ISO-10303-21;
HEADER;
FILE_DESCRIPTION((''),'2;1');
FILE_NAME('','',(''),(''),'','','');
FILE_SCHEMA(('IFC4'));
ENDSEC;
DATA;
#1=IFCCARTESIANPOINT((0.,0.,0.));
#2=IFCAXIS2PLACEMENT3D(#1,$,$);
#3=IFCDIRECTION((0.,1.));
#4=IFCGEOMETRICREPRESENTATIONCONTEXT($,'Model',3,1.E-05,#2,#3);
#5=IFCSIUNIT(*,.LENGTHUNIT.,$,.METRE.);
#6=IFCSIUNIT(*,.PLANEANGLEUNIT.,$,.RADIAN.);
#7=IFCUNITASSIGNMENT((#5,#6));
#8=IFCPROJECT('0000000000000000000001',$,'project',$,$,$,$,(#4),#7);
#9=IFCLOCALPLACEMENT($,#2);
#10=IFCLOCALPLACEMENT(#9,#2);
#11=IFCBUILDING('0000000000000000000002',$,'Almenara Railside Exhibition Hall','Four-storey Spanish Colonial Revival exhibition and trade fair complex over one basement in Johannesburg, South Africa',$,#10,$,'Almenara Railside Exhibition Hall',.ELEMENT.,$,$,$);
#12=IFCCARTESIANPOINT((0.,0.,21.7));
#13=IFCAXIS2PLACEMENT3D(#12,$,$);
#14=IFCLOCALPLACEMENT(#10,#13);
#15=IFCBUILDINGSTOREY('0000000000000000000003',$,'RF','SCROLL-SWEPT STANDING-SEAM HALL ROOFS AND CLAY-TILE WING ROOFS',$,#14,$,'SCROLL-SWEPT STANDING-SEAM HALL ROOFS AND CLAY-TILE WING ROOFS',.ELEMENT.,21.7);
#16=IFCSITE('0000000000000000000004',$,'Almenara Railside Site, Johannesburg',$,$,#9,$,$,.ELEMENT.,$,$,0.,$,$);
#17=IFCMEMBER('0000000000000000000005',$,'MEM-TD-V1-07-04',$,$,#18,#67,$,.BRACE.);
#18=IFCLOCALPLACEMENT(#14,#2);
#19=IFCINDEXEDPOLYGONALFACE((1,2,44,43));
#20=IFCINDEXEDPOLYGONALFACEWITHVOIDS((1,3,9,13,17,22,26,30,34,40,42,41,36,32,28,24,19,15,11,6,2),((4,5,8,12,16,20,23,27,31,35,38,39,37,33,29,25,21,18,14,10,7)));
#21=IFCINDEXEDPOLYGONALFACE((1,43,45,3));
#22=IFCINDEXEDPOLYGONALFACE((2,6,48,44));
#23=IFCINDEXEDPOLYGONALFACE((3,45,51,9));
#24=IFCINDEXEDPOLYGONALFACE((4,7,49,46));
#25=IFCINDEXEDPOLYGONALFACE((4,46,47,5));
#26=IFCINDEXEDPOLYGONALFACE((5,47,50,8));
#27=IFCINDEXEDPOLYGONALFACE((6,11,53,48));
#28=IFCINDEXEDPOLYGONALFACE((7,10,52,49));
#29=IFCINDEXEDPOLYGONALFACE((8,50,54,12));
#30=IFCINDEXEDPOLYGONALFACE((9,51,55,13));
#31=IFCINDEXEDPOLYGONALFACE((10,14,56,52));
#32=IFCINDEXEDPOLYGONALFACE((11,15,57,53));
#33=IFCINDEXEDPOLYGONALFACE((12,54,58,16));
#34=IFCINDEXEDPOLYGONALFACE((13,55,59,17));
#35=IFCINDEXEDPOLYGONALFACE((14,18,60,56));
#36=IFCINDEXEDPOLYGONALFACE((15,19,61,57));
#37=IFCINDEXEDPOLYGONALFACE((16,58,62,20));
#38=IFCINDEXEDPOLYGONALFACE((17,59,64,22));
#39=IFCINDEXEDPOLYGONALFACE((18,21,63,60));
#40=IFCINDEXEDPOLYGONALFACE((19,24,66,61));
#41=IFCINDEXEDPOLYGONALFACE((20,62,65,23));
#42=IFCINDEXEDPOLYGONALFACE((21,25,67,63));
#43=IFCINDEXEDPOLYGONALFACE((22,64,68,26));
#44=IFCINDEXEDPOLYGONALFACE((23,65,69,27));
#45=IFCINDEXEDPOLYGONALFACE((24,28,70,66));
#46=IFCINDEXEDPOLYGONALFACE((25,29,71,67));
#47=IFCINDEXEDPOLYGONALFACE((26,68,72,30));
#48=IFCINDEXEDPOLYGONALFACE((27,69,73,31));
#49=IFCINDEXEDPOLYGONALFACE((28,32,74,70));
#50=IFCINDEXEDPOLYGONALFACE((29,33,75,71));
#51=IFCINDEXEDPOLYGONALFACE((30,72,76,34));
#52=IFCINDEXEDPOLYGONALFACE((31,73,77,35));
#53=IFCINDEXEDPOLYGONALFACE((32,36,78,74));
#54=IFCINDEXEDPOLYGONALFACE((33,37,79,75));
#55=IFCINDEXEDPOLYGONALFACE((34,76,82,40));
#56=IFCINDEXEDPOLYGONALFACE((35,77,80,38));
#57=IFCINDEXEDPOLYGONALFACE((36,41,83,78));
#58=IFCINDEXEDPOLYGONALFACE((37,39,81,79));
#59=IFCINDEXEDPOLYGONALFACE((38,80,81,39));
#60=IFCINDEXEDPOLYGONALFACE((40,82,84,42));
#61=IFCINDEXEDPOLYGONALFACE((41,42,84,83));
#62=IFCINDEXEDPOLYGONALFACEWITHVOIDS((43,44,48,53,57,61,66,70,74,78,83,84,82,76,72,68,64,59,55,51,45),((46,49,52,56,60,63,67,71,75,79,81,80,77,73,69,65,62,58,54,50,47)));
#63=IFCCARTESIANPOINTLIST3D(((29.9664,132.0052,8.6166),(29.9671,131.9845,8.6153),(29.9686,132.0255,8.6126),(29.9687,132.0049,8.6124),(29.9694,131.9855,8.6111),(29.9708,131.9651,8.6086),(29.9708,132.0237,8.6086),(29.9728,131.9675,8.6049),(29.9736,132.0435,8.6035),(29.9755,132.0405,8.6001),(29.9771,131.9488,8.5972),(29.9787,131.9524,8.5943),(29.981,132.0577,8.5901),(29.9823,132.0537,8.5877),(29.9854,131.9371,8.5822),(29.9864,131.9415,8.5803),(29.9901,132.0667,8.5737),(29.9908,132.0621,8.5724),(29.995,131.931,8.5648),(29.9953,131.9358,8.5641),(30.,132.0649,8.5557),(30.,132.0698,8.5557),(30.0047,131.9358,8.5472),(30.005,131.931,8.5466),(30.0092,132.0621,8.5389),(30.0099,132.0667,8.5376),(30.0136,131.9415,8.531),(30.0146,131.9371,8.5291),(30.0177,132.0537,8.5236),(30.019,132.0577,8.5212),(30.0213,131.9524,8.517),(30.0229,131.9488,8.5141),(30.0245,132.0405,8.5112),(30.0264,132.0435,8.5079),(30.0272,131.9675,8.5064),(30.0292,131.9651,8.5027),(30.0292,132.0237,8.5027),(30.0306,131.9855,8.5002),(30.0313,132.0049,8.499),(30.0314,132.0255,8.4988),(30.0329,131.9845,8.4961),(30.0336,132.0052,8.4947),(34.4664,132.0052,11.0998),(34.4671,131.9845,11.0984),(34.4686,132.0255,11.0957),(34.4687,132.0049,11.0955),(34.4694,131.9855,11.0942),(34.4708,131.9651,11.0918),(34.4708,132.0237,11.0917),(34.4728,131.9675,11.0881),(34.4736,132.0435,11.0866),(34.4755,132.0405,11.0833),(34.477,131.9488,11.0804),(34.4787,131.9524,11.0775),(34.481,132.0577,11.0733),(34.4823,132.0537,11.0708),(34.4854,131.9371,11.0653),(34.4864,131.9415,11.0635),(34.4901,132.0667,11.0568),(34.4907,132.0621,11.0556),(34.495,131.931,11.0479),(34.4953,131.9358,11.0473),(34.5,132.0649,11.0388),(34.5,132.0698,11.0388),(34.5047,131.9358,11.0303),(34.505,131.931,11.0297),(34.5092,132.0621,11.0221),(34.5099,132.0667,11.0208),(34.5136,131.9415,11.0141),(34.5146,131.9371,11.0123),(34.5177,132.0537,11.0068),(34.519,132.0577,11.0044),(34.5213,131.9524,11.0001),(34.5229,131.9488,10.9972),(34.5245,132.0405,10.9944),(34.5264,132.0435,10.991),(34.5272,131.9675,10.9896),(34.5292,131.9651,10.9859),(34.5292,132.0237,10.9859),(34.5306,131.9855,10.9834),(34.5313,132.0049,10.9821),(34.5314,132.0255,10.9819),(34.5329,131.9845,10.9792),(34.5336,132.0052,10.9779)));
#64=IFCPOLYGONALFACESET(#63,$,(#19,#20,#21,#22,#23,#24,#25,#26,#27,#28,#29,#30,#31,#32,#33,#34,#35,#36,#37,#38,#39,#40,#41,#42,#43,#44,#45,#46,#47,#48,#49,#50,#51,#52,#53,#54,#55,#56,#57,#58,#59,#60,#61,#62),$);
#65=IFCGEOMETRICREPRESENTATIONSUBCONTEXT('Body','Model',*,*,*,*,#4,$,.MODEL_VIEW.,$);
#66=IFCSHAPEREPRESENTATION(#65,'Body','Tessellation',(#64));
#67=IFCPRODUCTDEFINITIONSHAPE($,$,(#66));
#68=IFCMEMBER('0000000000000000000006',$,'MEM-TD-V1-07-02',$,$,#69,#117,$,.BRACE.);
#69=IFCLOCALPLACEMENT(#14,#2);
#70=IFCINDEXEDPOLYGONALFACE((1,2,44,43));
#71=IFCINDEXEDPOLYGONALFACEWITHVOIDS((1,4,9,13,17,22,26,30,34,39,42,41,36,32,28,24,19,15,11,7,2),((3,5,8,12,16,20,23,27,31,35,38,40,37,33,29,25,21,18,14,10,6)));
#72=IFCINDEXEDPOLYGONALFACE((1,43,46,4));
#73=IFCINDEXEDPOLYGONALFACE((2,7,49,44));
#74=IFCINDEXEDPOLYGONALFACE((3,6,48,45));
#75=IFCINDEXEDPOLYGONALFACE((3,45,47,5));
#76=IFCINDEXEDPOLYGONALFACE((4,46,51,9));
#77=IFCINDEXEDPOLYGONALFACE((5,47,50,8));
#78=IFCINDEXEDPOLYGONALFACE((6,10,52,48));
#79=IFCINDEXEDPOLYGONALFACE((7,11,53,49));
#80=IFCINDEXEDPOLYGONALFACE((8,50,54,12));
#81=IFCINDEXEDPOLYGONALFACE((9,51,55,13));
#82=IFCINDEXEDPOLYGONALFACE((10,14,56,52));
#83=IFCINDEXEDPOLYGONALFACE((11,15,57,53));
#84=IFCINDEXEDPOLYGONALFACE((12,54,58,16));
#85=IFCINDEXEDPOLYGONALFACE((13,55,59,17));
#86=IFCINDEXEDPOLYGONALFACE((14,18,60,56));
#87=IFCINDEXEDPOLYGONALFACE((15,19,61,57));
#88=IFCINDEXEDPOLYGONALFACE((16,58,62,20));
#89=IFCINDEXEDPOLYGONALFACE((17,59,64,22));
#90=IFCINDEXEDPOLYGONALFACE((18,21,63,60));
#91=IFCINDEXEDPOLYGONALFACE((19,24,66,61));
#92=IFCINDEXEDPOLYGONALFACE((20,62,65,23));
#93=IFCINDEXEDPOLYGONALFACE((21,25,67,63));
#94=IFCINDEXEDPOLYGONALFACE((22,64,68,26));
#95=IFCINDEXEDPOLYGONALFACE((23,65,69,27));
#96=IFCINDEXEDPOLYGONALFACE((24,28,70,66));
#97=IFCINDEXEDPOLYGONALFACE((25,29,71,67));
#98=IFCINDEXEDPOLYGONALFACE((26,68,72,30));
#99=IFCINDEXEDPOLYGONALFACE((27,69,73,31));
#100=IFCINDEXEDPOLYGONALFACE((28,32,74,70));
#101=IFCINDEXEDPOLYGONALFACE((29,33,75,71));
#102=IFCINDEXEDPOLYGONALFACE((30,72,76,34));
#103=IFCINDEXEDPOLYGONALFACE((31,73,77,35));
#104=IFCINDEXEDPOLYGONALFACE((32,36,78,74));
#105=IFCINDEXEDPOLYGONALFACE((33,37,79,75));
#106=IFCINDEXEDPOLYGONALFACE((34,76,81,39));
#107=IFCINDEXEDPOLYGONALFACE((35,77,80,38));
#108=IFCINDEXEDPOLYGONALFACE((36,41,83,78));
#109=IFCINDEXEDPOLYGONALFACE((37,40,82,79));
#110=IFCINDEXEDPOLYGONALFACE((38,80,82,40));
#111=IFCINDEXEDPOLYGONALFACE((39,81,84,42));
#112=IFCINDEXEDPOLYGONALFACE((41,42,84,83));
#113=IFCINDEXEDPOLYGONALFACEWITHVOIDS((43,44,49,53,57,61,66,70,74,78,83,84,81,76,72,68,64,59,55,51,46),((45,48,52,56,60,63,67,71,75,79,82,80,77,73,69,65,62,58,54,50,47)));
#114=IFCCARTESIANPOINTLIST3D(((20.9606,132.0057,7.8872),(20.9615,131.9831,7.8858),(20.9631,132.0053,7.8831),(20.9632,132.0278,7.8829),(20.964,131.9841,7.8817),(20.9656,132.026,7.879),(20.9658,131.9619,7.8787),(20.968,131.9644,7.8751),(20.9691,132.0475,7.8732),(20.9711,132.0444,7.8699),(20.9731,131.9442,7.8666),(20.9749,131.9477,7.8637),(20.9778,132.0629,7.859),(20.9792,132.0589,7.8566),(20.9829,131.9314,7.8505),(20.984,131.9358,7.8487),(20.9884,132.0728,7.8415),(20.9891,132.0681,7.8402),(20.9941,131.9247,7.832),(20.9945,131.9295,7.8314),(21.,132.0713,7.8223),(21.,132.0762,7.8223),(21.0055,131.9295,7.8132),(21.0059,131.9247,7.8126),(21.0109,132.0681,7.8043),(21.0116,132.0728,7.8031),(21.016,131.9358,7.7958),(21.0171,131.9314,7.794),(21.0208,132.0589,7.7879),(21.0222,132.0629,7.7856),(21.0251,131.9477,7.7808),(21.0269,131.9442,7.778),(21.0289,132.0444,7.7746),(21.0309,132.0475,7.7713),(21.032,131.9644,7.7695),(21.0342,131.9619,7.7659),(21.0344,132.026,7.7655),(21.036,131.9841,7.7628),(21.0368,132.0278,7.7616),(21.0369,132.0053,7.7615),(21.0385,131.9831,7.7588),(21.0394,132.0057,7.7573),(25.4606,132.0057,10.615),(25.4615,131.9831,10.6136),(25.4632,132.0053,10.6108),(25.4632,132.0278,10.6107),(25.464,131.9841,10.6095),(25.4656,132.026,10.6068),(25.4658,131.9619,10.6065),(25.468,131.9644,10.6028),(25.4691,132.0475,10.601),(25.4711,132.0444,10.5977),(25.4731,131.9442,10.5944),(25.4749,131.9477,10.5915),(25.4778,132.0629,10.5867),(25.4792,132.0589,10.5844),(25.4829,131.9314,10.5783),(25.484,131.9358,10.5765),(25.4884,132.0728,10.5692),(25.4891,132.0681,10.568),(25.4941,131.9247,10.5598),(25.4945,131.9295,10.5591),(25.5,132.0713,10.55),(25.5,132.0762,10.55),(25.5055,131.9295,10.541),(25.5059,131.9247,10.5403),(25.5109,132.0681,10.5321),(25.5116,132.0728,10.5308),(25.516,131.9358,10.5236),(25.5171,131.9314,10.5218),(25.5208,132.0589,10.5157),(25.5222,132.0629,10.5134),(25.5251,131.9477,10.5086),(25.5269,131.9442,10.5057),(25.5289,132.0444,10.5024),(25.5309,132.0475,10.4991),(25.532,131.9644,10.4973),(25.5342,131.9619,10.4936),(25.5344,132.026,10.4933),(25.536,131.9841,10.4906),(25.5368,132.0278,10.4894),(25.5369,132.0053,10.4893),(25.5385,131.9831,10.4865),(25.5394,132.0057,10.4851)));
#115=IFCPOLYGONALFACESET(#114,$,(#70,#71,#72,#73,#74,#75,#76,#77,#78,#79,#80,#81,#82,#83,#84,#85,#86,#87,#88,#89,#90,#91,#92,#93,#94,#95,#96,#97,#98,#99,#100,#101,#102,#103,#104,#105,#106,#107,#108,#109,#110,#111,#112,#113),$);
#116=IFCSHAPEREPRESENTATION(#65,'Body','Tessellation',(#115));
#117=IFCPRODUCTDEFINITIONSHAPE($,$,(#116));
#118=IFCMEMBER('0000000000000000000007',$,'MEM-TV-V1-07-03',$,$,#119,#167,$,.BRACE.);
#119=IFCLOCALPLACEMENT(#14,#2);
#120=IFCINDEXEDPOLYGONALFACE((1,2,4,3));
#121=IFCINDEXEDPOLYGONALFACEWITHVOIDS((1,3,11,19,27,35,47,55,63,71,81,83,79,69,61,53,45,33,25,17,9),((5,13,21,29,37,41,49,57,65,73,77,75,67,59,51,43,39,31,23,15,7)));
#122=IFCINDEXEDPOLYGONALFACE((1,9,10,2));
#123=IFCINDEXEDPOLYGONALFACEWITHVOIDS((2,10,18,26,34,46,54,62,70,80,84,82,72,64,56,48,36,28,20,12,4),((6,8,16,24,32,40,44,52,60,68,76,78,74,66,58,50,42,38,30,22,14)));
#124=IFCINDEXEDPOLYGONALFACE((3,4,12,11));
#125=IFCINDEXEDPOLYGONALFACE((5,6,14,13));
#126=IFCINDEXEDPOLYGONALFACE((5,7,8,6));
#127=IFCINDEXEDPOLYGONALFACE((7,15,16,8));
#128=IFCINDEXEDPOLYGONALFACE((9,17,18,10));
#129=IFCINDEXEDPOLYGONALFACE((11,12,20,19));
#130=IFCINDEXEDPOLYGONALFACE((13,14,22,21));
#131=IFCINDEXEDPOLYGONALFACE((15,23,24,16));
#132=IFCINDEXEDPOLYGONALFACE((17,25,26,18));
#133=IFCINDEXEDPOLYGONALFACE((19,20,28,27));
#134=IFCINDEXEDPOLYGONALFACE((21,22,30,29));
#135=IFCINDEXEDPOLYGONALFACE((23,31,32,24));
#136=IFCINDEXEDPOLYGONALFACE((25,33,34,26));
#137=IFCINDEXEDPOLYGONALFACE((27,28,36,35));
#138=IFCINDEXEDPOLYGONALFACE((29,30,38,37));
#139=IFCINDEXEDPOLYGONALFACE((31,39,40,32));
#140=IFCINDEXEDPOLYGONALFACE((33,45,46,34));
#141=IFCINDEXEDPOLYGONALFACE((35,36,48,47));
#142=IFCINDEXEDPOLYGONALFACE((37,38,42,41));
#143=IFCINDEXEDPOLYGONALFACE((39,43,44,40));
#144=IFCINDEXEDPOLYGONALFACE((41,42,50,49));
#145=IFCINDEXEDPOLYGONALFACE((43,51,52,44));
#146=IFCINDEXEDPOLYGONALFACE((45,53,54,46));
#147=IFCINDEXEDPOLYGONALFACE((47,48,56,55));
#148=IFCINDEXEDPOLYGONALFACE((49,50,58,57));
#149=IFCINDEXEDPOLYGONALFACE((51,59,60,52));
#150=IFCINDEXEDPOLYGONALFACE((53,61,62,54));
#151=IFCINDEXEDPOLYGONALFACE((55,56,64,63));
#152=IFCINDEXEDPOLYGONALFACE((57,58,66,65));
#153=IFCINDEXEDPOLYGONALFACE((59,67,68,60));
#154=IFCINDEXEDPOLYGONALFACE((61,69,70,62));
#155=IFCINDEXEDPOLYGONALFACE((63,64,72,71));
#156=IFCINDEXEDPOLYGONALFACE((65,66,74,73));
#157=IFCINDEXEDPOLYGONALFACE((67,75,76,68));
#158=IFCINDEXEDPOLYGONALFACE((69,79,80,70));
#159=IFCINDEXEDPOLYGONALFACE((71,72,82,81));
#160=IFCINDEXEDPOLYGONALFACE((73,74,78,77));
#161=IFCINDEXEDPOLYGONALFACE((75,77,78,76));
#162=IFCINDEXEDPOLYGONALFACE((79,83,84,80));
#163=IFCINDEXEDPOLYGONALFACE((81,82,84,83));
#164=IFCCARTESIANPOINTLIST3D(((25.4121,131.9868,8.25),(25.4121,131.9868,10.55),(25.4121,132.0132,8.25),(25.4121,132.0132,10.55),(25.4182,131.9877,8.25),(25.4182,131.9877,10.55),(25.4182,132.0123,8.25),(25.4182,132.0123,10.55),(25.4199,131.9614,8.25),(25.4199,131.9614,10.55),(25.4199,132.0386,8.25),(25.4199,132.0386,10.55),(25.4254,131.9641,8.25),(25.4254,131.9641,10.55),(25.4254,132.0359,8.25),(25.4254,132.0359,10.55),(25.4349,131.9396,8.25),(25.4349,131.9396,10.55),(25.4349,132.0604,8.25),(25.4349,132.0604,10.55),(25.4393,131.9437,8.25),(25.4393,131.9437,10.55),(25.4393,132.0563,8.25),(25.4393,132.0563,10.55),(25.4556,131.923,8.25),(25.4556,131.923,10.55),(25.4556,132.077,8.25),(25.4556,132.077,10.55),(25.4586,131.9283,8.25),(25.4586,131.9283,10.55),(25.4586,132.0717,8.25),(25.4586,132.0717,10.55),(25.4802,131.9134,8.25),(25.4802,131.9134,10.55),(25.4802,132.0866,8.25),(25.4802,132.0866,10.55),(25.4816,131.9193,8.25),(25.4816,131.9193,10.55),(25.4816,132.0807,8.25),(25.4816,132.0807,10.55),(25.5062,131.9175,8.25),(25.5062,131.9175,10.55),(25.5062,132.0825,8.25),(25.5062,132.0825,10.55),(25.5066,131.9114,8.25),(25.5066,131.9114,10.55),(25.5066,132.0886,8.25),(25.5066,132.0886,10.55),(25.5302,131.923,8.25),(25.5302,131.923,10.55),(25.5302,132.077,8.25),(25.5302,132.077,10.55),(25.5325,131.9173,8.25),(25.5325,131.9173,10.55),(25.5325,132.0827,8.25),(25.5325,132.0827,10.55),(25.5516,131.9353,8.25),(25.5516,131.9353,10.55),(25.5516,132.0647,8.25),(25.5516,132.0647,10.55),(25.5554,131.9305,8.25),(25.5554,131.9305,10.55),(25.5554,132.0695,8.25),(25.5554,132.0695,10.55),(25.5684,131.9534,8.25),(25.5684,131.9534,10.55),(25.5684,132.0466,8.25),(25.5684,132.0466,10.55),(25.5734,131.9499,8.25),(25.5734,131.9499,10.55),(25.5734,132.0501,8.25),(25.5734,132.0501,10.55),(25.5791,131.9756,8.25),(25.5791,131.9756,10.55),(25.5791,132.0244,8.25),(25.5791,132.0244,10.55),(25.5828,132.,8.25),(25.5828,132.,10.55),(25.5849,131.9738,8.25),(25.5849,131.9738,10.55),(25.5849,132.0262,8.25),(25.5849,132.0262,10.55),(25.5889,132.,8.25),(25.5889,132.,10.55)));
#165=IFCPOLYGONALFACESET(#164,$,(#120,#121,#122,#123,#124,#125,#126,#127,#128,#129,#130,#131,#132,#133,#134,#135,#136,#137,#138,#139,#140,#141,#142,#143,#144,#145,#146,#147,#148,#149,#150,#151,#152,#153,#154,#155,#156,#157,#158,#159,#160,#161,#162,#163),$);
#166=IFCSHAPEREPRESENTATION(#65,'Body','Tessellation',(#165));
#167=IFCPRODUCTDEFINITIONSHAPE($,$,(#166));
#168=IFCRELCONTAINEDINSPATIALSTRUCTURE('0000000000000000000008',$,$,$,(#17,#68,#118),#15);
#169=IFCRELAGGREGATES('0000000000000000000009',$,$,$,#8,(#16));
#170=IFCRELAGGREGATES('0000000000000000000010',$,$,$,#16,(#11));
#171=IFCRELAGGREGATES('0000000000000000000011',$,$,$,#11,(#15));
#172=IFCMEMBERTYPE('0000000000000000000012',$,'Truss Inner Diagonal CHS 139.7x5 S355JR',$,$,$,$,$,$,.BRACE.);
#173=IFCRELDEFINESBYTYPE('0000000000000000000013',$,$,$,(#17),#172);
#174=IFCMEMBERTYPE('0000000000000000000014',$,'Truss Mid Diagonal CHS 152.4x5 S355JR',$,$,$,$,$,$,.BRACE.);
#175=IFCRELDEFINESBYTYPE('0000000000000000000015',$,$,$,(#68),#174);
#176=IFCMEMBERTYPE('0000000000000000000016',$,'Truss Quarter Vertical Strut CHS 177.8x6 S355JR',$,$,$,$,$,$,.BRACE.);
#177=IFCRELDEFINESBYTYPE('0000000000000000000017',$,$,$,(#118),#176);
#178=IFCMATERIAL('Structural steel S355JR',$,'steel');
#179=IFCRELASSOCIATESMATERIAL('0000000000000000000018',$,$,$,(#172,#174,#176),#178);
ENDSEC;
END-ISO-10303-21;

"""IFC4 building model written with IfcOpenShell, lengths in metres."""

from ifc_helpers import new_model, si_unit, direction, frame, origin, origin_2d, place, context, subcontext, project, spatial, hollow_circle, extrude, material, material_profile, profile_set, type_object, element, save


model = new_model("IFC4")

# Units and contexts
model_context = context("Model", 3, precision=1e-05, world=origin(), true_north=direction((0.0, 1.0)))
body_context = subcontext(model_context, "Body", "Model", "MODEL_VIEW")
ifc_project = project(units=[si_unit("LENGTHUNIT", "METRE"), si_unit("PLANEANGLEUNIT", "RADIAN")], contexts=[model_context])

# Site, building, storey
site_placement = place(None, origin())
site = spatial("IfcSite", under=ifc_project, at=site_placement, Name="Almenara Railside Site, Johannesburg", CompositionType="ELEMENT", RefElevation=0.0)
building_placement = place(site_placement, origin())
building = spatial("IfcBuilding", under=site, at=building_placement, Name="Almenara Railside Exhibition Hall", Description="Four-storey Spanish Colonial Revival exhibition and trade fair complex over one basement in Johannesburg, South Africa", LongName="Almenara Railside Exhibition Hall", CompositionType="ELEMENT")
storey_placement = place(building_placement, frame((0.0, 0.0, 21.7)))
storey = spatial("IfcBuildingStorey", under=building, at=storey_placement, Name="RF", Description="SCROLL-SWEPT STANDING-SEAM HALL ROOFS AND CLAY-TILE WING ROOFS", LongName="SCROLL-SWEPT STANDING-SEAM HALL ROOFS AND CLAY-TILE WING ROOFS", CompositionType="ELEMENT", Elevation=21.7)

# Shared definitions
ifc_material_1 = material(Name="Structural steel S355JR", Category="steel")

# Members
ifc_material_profile_1 = material_profile(ifc_material_1, hollow_circle(Radius=0.0698, WallThickness=0.0049, at=origin_2d()), Name="CHS 139.7x5")
ifc_profile_set_1 = profile_set([ifc_material_profile_1], Name="Structural steel S355JR")
member_type_1 = type_object("IfcMemberType", Name="Truss Inner Diagonal CHS 139.7x5 S355JR", PredefinedType="BRACE", material=ifc_profile_set_1)
member_1_placement = place(storey_placement, frame((30.0, 132.0, 8.5557), z_axis=(0.875545, 0.0, 0.483136), x_axis=(0.0, 1.0, 0.0)))
element("IfcMember", 1, at=member_1_placement, inside=storey, type_object=member_type_1, Name="MEM-TD-V1-07-04", PredefinedType="BRACE", context=body_context, shape_type="SweptSolid", body=[
    extrude(hollow_circle(Radius=0.0698, WallThickness=0.0049, at=origin_2d()), origin(), (0.0, 0.0, 1.0), 5.1396),
])
ifc_material_profile_2 = material_profile(ifc_material_1, hollow_circle(Radius=0.0762, WallThickness=0.0049, at=origin_2d()), Name="CHS 152.4x5")
ifc_profile_set_2 = profile_set([ifc_material_profile_2], Name="Structural steel S355JR")
member_type_2 = type_object("IfcMemberType", Name="Truss Mid Diagonal CHS 152.4x5 S355JR", PredefinedType="BRACE", material=ifc_profile_set_2)
member_2_placement = place(storey_placement, frame((21.0, 132.0, 7.8223), z_axis=(0.855155, 0.0, 0.518373), x_axis=(0.0, 1.0, 0.0)))
element("IfcMember", 2, at=member_2_placement, inside=storey, type_object=member_type_2, Name="MEM-TD-V1-07-02", PredefinedType="BRACE", context=body_context, shape_type="SweptSolid", body=[
    extrude(hollow_circle(Radius=0.0762, WallThickness=0.0049, at=origin_2d()), origin(), (0.0, 0.0, 1.0), 5.2622),
])
ifc_material_profile_3 = material_profile(ifc_material_1, hollow_circle(Radius=0.0889, WallThickness=0.0061, at=origin_2d()), Name="CHS 177.8x6")
ifc_profile_set_3 = profile_set([ifc_material_profile_3], Name="Structural steel S355JR")
member_type_3 = type_object("IfcMemberType", Name="Truss Quarter Vertical Strut CHS 177.8x6 S355JR", PredefinedType="BRACE", material=ifc_profile_set_3)
member_3_placement = place(storey_placement, frame((25.5, 132.0, 8.25), z_axis=(0.0, 0.0, 1.0), x_axis=(1.0, 0.0, 0.0)))
element("IfcMember", 3, at=member_3_placement, inside=storey, type_object=member_type_3, Name="MEM-TV-V1-07-03", PredefinedType="BRACE", context=body_context, shape_type="SweptSolid", body=[
    extrude(hollow_circle(Radius=0.0889, WallThickness=0.0061, at=origin_2d()), origin(), (0.0, 0.0, 1.0), 2.3),
])

save(model, "model.ifc")
